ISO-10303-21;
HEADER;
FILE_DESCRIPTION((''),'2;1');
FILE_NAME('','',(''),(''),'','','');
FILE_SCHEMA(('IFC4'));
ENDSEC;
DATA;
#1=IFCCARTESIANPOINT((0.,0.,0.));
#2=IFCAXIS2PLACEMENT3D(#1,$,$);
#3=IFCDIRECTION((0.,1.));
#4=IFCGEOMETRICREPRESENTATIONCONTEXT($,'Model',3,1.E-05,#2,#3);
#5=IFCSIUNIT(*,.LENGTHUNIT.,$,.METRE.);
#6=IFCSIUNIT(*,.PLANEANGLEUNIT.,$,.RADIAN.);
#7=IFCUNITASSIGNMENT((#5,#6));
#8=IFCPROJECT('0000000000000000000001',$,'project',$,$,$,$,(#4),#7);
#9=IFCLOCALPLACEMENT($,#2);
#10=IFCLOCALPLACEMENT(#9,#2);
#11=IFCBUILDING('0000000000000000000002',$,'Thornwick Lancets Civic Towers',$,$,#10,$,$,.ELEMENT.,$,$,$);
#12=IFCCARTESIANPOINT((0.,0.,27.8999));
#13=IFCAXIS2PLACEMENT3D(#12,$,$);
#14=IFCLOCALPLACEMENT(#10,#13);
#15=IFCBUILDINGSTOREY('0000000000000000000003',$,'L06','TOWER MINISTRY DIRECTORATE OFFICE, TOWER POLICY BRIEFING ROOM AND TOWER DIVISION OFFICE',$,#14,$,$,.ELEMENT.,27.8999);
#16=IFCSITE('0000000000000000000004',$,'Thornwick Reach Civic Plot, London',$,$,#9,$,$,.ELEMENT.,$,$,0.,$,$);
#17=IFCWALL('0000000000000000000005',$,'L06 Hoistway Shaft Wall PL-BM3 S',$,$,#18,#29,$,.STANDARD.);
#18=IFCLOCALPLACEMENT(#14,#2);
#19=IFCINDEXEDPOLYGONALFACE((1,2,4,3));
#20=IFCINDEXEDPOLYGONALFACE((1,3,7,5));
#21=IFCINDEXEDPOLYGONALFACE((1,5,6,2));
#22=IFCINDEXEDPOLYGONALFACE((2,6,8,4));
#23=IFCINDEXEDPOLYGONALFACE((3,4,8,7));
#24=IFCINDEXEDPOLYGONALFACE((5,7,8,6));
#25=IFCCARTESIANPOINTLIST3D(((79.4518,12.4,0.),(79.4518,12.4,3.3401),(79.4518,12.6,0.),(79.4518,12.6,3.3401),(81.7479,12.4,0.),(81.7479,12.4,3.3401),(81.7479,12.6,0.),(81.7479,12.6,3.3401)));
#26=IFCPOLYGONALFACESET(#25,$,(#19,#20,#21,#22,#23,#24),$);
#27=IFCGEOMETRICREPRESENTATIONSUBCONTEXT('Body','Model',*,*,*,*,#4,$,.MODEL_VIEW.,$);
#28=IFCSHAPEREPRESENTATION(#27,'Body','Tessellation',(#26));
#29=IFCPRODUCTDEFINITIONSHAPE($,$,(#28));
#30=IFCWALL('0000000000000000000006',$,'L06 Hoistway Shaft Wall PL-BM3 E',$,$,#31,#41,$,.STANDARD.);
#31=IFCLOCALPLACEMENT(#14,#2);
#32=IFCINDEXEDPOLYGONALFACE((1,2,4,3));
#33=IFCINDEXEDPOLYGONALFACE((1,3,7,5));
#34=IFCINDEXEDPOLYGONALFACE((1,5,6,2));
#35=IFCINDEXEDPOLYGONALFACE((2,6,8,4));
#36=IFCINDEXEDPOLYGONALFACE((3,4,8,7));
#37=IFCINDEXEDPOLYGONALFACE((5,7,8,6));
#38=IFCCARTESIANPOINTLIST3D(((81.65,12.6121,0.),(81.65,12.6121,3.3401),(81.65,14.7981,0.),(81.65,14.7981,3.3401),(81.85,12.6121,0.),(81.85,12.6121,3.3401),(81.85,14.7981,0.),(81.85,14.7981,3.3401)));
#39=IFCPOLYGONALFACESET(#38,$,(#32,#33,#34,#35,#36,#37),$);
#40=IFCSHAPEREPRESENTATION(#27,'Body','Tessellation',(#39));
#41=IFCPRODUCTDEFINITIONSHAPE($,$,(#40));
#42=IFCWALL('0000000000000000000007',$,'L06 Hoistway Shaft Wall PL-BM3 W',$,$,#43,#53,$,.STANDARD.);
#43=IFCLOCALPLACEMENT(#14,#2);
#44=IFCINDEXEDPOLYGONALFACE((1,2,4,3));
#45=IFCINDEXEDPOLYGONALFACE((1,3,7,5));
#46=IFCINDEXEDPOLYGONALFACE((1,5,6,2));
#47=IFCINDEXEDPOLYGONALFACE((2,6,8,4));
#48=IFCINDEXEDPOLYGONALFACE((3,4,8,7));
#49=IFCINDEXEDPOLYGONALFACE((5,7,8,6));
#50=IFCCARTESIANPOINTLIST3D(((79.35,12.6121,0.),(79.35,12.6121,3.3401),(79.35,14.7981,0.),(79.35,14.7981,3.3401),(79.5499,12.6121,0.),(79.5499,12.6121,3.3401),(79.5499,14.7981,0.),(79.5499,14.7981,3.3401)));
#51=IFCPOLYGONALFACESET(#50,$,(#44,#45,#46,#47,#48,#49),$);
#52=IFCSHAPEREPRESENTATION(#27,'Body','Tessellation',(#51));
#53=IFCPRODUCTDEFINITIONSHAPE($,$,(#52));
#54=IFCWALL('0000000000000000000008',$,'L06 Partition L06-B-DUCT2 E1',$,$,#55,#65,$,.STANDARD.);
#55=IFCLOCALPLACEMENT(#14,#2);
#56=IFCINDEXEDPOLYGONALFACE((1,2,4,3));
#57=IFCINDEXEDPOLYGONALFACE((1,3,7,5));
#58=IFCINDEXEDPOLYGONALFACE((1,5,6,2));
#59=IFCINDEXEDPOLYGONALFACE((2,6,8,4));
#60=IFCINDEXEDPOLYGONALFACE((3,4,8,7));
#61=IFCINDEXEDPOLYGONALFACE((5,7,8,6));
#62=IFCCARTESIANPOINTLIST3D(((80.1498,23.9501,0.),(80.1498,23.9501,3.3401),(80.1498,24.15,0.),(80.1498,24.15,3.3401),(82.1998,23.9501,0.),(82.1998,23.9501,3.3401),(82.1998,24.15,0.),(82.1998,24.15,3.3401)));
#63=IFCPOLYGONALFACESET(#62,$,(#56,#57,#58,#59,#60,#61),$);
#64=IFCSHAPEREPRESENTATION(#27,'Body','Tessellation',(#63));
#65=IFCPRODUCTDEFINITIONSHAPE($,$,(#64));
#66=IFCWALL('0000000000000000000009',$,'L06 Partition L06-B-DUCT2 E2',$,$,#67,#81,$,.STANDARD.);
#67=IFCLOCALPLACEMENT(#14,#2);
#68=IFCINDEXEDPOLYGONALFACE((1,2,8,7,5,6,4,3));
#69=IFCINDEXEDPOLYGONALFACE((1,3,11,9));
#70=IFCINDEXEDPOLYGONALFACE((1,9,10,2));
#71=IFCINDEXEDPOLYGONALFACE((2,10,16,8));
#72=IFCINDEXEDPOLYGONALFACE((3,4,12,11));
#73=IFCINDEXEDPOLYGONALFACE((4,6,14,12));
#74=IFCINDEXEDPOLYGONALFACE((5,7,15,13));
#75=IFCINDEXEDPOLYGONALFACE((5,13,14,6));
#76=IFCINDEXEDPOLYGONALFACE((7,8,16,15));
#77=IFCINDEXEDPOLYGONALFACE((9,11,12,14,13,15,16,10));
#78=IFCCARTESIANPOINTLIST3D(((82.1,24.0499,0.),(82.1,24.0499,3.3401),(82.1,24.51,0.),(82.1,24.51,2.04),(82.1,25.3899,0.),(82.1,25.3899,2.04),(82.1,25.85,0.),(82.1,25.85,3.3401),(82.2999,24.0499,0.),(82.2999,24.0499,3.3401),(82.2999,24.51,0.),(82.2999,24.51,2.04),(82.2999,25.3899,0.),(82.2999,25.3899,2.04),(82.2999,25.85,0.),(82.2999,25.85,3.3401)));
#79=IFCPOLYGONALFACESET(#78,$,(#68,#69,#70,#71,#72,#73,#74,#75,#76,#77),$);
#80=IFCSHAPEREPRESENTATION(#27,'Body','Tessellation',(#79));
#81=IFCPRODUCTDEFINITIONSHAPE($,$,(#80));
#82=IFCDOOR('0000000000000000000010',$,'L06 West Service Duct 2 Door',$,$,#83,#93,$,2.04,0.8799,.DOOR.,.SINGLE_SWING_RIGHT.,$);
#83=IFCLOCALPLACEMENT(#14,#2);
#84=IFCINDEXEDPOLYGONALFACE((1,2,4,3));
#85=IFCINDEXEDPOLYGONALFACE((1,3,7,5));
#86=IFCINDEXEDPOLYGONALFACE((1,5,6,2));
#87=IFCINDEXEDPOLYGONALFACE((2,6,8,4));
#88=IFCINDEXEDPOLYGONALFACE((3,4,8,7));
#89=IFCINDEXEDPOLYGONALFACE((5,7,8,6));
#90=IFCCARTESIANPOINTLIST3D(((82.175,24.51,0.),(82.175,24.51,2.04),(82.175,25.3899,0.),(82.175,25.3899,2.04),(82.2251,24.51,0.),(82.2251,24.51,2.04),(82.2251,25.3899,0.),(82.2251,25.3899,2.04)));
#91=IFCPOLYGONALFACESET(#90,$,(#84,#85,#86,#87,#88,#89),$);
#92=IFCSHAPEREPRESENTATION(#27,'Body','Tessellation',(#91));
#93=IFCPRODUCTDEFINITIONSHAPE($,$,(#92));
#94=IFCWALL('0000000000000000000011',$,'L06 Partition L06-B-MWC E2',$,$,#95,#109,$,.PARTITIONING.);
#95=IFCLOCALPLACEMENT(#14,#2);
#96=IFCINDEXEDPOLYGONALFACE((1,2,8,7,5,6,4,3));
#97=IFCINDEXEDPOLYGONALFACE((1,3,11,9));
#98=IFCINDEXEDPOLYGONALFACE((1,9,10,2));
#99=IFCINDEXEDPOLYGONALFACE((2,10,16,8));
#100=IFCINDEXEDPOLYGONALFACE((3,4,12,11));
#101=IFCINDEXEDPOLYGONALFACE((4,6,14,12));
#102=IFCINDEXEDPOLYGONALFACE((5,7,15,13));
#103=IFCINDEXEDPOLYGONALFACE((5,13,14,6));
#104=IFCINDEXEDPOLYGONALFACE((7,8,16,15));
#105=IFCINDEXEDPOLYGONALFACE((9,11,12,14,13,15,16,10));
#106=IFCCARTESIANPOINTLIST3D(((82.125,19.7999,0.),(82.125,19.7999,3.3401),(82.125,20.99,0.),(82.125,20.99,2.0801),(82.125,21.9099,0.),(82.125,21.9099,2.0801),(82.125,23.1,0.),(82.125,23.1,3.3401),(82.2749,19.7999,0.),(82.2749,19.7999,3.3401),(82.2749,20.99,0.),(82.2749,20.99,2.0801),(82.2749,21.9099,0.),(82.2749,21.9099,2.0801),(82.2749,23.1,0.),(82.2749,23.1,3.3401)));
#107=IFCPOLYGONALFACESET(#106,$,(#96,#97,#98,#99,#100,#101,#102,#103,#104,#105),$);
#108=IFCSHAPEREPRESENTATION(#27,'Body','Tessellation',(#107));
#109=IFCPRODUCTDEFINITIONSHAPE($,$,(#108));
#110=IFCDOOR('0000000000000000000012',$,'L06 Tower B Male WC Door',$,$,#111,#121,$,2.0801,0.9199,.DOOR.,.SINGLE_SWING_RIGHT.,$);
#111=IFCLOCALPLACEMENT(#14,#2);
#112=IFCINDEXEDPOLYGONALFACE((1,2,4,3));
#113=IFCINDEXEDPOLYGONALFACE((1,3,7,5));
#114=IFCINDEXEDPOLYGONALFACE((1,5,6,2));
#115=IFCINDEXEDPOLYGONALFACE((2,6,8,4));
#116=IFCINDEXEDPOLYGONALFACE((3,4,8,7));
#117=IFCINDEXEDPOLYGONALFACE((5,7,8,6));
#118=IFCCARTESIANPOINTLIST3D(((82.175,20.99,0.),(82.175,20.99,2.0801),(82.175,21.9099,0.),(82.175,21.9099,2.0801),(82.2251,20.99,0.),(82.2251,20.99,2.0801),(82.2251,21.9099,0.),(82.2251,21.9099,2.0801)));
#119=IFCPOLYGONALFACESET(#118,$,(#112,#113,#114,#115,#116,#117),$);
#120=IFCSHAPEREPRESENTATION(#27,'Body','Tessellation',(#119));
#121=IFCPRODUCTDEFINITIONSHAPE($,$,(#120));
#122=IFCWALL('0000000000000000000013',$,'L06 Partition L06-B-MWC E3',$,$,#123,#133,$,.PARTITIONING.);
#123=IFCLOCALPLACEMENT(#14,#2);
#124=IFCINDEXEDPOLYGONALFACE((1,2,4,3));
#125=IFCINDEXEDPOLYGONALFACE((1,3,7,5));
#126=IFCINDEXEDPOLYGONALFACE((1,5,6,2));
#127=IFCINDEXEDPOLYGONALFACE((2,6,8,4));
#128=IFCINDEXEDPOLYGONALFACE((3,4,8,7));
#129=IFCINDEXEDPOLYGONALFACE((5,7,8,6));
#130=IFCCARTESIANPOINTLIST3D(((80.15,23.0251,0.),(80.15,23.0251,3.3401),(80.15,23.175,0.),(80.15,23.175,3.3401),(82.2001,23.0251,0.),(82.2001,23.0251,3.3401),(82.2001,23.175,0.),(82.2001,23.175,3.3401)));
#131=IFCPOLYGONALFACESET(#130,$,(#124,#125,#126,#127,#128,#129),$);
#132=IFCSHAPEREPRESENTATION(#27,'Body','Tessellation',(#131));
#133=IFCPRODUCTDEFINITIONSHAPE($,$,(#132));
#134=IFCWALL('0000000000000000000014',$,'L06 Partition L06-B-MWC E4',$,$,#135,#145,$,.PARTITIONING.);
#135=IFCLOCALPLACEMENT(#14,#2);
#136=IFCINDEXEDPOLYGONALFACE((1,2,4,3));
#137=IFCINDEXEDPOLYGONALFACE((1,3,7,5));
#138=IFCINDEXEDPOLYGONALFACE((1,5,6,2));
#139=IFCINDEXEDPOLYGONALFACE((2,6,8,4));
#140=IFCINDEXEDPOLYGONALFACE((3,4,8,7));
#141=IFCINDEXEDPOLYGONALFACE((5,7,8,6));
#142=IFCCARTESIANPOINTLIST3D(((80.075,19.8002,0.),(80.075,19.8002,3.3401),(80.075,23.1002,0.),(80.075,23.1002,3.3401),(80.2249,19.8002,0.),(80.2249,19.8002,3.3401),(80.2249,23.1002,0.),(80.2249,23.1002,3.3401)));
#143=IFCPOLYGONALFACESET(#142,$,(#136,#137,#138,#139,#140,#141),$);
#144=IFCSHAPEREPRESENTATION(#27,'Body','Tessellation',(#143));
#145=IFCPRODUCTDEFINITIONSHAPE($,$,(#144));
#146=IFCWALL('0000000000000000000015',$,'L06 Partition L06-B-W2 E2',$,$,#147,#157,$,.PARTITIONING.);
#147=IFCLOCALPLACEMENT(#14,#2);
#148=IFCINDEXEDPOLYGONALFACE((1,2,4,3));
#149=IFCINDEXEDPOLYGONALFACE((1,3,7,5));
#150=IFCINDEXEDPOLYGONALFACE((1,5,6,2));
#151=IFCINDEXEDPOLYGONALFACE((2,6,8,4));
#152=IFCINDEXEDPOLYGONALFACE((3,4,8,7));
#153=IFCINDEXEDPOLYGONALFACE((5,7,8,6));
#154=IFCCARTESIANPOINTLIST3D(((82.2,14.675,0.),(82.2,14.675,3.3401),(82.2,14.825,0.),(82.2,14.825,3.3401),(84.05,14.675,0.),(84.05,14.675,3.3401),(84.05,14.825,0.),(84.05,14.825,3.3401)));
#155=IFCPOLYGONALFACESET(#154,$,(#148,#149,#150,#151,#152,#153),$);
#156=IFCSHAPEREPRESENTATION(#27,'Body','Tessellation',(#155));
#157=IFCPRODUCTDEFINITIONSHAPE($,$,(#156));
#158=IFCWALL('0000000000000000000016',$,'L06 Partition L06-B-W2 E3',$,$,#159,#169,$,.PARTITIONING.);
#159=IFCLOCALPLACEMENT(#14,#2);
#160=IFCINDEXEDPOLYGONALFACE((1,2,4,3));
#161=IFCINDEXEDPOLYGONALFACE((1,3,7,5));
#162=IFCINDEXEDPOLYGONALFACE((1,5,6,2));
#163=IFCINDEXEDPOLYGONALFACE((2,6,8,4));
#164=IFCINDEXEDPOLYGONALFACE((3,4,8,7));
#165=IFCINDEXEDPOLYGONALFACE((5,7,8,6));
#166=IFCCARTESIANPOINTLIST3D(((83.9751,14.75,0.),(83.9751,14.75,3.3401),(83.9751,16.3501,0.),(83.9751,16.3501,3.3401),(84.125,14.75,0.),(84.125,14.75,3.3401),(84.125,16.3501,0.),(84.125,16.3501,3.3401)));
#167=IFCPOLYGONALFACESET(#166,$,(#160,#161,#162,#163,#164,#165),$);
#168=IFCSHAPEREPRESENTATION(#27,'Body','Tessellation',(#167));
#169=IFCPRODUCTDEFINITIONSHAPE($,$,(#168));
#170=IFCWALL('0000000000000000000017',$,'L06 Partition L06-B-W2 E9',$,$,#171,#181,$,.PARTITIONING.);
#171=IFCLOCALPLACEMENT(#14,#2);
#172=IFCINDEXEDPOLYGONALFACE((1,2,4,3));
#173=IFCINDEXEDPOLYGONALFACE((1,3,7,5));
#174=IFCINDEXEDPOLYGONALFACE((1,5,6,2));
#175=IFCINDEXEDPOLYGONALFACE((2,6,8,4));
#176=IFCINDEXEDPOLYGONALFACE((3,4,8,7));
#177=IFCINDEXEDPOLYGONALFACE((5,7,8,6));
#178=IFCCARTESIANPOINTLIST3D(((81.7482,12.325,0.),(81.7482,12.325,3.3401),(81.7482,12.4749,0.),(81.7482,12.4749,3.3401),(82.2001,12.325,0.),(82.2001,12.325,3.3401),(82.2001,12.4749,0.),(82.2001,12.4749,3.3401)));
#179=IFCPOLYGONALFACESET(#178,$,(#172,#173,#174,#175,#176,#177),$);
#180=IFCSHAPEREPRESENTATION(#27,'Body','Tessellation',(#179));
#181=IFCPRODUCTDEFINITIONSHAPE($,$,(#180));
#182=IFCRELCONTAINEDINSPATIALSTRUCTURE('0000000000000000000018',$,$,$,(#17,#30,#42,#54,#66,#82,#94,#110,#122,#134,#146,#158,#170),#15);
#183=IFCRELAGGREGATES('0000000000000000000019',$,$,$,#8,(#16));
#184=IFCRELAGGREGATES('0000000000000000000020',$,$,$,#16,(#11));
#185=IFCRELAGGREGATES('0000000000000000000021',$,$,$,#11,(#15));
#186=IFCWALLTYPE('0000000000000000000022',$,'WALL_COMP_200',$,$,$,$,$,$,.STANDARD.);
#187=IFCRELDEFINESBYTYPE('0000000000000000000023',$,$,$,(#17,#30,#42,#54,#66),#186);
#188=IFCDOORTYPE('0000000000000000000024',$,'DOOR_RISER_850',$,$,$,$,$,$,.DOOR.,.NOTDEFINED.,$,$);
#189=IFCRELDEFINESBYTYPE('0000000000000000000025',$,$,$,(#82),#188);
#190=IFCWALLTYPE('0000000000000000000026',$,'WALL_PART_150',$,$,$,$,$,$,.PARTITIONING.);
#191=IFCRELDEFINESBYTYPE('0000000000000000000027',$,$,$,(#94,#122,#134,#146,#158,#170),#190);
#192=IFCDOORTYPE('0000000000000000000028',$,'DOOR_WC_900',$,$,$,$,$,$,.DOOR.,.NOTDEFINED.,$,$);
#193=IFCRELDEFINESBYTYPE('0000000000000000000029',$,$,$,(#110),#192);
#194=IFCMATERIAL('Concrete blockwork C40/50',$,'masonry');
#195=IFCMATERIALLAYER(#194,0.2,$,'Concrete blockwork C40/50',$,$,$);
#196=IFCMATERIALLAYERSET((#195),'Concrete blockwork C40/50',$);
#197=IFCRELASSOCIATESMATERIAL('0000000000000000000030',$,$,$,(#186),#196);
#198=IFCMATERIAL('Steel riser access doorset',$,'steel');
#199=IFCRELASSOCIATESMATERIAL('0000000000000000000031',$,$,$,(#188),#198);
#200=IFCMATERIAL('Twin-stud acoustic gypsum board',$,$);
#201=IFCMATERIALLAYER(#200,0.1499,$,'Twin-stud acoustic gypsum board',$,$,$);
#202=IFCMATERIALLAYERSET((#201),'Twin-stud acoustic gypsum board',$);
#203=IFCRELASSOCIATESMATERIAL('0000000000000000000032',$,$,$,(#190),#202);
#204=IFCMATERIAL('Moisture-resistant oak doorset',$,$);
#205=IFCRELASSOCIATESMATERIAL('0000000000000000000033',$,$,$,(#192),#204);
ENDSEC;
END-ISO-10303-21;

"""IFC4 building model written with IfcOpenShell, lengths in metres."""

from ifc_helpers import new_model, si_unit, direction, frame, frame_2d, origin, place, context, subcontext, project, spatial, rectangle, extrude, material, layer, layer_set, type_object, element, fill, save


model = new_model("IFC4")

# Units and contexts
model_context = context("Model", 3, precision=1e-05, world=origin(), true_north=direction((0.0, 1.0)))
body_context = subcontext(model_context, "Body", "Model", "MODEL_VIEW")
ifc_project = project(units=[si_unit("LENGTHUNIT", "METRE"), si_unit("PLANEANGLEUNIT", "RADIAN")], contexts=[model_context])

# Site, building, storey
site_placement = place(None, origin())
site = spatial("IfcSite", under=ifc_project, at=site_placement, Name="Thornwick Reach Civic Plot, London", CompositionType="ELEMENT", RefElevation=0.0)
building_placement = place(site_placement, origin())
building = spatial("IfcBuilding", under=site, at=building_placement, Name="Thornwick Lancets Civic Towers", CompositionType="ELEMENT")
storey_placement = place(building_placement, frame((0.0, 0.0, 27.8999)))
storey = spatial("IfcBuildingStorey", under=building, at=storey_placement, Name="L06", Description="TOWER MINISTRY DIRECTORATE OFFICE, TOWER POLICY BRIEFING ROOM AND TOWER DIVISION OFFICE", CompositionType="ELEMENT", Elevation=27.8999)

# Shared definitions
ifc_material_1 = material(Name="Concrete blockwork C40/50", Category="masonry")
ifc_layer_1 = layer(ifc_material_1, 0.2, Name="Concrete blockwork C40/50")
ifc_layer_set_1 = layer_set([ifc_layer_1], Name="Concrete blockwork C40/50")
wall_type_1 = type_object("IfcWallType", Name="WALL_COMP_200", PredefinedType="STANDARD", material=ifc_layer_set_1)

# Walls
wall_1_placement = place(storey_placement, frame((79.4519, 12.5, 0.0), z_axis=(0.0, 0.0, 1.0), x_axis=(1.0, 0.0, 0.0)))
element("IfcWall", 1, at=wall_1_placement, inside=storey, type_object=wall_type_1, Name="L06 Hoistway Shaft Wall PL-BM3 S", PredefinedType="STANDARD", context=body_context, shape_type="SweptSolid", body=[
    extrude(rectangle(XDim=2.2961, YDim=0.2, at=frame_2d((1.1479, 0.0))), origin(), (0.0, 0.0, 1.0), 3.3401),
])
for number, where, z_axis, x_axis, name in (
    (2, (81.75, 12.6121, 0.0), (0.0, 0.0, 1.0), (0.0, 1.0, 0.0), "L06 Hoistway Shaft Wall PL-BM3 E"),
    (3, (79.45, 12.6121, 0.0), (0.0, 0.0, 1.0), (0.0, 1.0, 0.0), "L06 Hoistway Shaft Wall PL-BM3 W"),
):
    element("IfcWall", number, at=place(storey_placement, frame(where, z_axis=z_axis, x_axis=x_axis)), inside=storey, type_object=wall_type_1, Name=name, PredefinedType="STANDARD", context=body_context, shape_type="SweptSolid", body=[
        extrude(rectangle(XDim=2.186, YDim=0.2, at=frame_2d((1.093, 0.0))), origin(), (0.0, 0.0, 1.0), 3.3401),
    ])
wall_2_placement = place(storey_placement, frame((80.1499, 24.05, 0.0), z_axis=(0.0, 0.0, 1.0), x_axis=(1.0, 0.0, 0.0)))
element("IfcWall", 4, at=wall_2_placement, inside=storey, type_object=wall_type_1, Name="L06 Partition L06-B-DUCT2 E1", PredefinedType="STANDARD", context=body_context, shape_type="SweptSolid", body=[
    extrude(rectangle(XDim=2.05, YDim=0.2, at=frame_2d((1.0249, 0.0))), origin(), (0.0, 0.0, 1.0), 3.3401),
])

# Walls, openings, doors
wall_3_placement = place(storey_placement, frame((82.2, 24.05, 0.0), z_axis=(0.0, 0.0, 1.0), x_axis=(0.0, 1.0, 0.0)))
wall_3 = element("IfcWall", 5, at=wall_3_placement, inside=storey, type_object=wall_type_1, Name="L06 Partition L06-B-DUCT2 E2", PredefinedType="STANDARD", context=body_context, shape_type="SweptSolid", body=[
    extrude(rectangle(XDim=1.8, YDim=0.2, at=frame_2d((0.8999, 0.0))), origin(), (0.0, 0.0, 1.0), 3.3401),
])
opening_1_placement = place(wall_3_placement, frame((0.46, 0.0, 0.0)))
opening_1 = element("IfcOpeningElement", 6, at=opening_1_placement, cuts=wall_3, PredefinedType="OPENING", context=body_context, shape_type="SweptSolid", body=[
    extrude(rectangle(XDim=0.8799, YDim=2.04, at=frame_2d((0.4399, 1.02))), frame((0.0, 0.1099, 0.0), z_axis=(0.0, -1.0, 0.0), x_axis=(1.0, 0.0, 0.0)), (0.0, 0.0, 1.0), 0.22),
])
ifc_material_2 = material(Name="Steel riser access doorset", Category="steel")
door_type_1 = type_object("IfcDoorType", Name="DOOR_RISER_850", OperationType="NOTDEFINED", PredefinedType="DOOR", material=ifc_material_2)
door_1_placement = place(opening_1_placement, origin())
door_1 = element("IfcDoor", 7, at=door_1_placement, inside=storey, type_object=door_type_1, Name="L06 West Service Duct 2 Door", OperationType="SINGLE_SWING_RIGHT", OverallHeight=2.04, OverallWidth=0.8799, PredefinedType="DOOR", context=body_context, shape_type="SweptSolid", body=[
    extrude(rectangle(XDim=0.8799, YDim=2.04, at=frame_2d((0.4399, 1.02))), frame((0.0, 0.0249, 0.0), z_axis=(0.0, -1.0, 0.0), x_axis=(1.0, 0.0, 0.0)), (0.0, 0.0, 1.0), 0.05),
])
fill(opening_1, door_1)
ifc_material_3 = material(Name="Twin-stud acoustic gypsum board")
ifc_layer_2 = layer(ifc_material_3, 0.1499, Name="Twin-stud acoustic gypsum board")
ifc_layer_set_2 = layer_set([ifc_layer_2], Name="Twin-stud acoustic gypsum board")
wall_type_2 = type_object("IfcWallType", Name="WALL_PART_150", PredefinedType="PARTITIONING", material=ifc_layer_set_2)
wall_4_placement = place(storey_placement, frame((82.2, 19.8, 0.0), z_axis=(0.0, 0.0, 1.0), x_axis=(0.0, 1.0, 0.0)))
wall_4 = element("IfcWall", 8, at=wall_4_placement, inside=storey, type_object=wall_type_2, Name="L06 Partition L06-B-MWC E2", PredefinedType="PARTITIONING", context=body_context, shape_type="SweptSolid", body=[
    extrude(rectangle(XDim=3.3, YDim=0.1499, at=frame_2d((1.6499, 0.0))), origin(), (0.0, 0.0, 1.0), 3.3401),
])
opening_2_placement = place(wall_4_placement, frame((1.1899, 0.0, 0.0)))
opening_2 = element("IfcOpeningElement", 9, at=opening_2_placement, cuts=wall_4, PredefinedType="OPENING", context=body_context, shape_type="SweptSolid", body=[
    extrude(rectangle(XDim=0.9199, YDim=2.0801, at=frame_2d((0.46, 1.04))), frame((0.0, 0.085, 0.0), z_axis=(0.0, -1.0, 0.0), x_axis=(1.0, 0.0, 0.0)), (0.0, 0.0, 1.0), 0.1699),
])
ifc_material_4 = material(Name="Moisture-resistant oak doorset")
door_type_2 = type_object("IfcDoorType", Name="DOOR_WC_900", OperationType="NOTDEFINED", PredefinedType="DOOR", material=ifc_material_4)
door_2_placement = place(opening_2_placement, origin())
door_2 = element("IfcDoor", 10, at=door_2_placement, inside=storey, type_object=door_type_2, Name="L06 Tower B Male WC Door", OperationType="SINGLE_SWING_RIGHT", OverallHeight=2.0801, OverallWidth=0.9199, PredefinedType="DOOR", context=body_context, shape_type="SweptSolid", body=[
    extrude(rectangle(XDim=0.9199, YDim=2.0801, at=frame_2d((0.46, 1.04))), frame((0.0, 0.0249, 0.0), z_axis=(0.0, -1.0, 0.0), x_axis=(1.0, 0.0, 0.0)), (0.0, 0.0, 1.0), 0.05),
])
fill(opening_2, door_2)

# Walls
wall_5_placement = place(storey_placement, frame((82.2, 23.1001, 0.0), z_axis=(0.0, 0.0, 1.0), x_axis=(-1.0, 0.0, 0.0)))
element("IfcWall", 11, at=wall_5_placement, inside=storey, type_object=wall_type_2, Name="L06 Partition L06-B-MWC E3", PredefinedType="PARTITIONING", context=body_context, shape_type="SweptSolid", body=[
    extrude(rectangle(XDim=2.05, YDim=0.1499, at=frame_2d((1.0249, 0.0))), origin(), (0.0, 0.0, 1.0), 3.3401),
])
wall_6_placement = place(storey_placement, frame((80.1499, 23.1001, 0.0), z_axis=(0.0, 0.0, 1.0), x_axis=(0.0, -1.0, 0.0)))
element("IfcWall", 12, at=wall_6_placement, inside=storey, type_object=wall_type_2, Name="L06 Partition L06-B-MWC E4", PredefinedType="PARTITIONING", context=body_context, shape_type="SweptSolid", body=[
    extrude(rectangle(XDim=3.3, YDim=0.1499, at=frame_2d((1.6499, 0.0))), origin(), (0.0, 0.0, 1.0), 3.3401),
])
wall_7_placement = place(storey_placement, frame((82.2, 14.75, 0.0), z_axis=(0.0, 0.0, 1.0), x_axis=(1.0, 0.0, 0.0)))
element("IfcWall", 13, at=wall_7_placement, inside=storey, type_object=wall_type_2, Name="L06 Partition L06-B-W2 E2", PredefinedType="PARTITIONING", context=body_context, shape_type="SweptSolid", body=[
    extrude(rectangle(XDim=1.8501, YDim=0.1499, at=frame_2d((0.925, 0.0))), origin(), (0.0, 0.0, 1.0), 3.3401),
])
wall_8_placement = place(storey_placement, frame((84.05, 14.75, 0.0), z_axis=(0.0, 0.0, 1.0), x_axis=(0.0, 1.0, 0.0)))
element("IfcWall", 14, at=wall_8_placement, inside=storey, type_object=wall_type_2, Name="L06 Partition L06-B-W2 E3", PredefinedType="PARTITIONING", context=body_context, shape_type="SweptSolid", body=[
    extrude(rectangle(XDim=1.6001, YDim=0.1499, at=frame_2d((0.8, 0.0))), origin(), (0.0, 0.0, 1.0), 3.3401),
])

# Wall
wall_9_placement = place(storey_placement, frame((81.748, 12.3999, 0.0), z_axis=(0.0, 0.0, 1.0), x_axis=(1.0, 0.0, 0.0)))
element("IfcWall", 15, at=wall_9_placement, inside=storey, type_object=wall_type_2, Name="L06 Partition L06-B-W2 E9", PredefinedType="PARTITIONING", context=body_context, shape_type="SweptSolid", body=[
    extrude(rectangle(XDim=0.4519, YDim=0.1499, at=frame_2d((0.2261, 0.0))), origin(), (0.0, 0.0, 1.0), 3.3401),
])

save(model, "model.ifc")
